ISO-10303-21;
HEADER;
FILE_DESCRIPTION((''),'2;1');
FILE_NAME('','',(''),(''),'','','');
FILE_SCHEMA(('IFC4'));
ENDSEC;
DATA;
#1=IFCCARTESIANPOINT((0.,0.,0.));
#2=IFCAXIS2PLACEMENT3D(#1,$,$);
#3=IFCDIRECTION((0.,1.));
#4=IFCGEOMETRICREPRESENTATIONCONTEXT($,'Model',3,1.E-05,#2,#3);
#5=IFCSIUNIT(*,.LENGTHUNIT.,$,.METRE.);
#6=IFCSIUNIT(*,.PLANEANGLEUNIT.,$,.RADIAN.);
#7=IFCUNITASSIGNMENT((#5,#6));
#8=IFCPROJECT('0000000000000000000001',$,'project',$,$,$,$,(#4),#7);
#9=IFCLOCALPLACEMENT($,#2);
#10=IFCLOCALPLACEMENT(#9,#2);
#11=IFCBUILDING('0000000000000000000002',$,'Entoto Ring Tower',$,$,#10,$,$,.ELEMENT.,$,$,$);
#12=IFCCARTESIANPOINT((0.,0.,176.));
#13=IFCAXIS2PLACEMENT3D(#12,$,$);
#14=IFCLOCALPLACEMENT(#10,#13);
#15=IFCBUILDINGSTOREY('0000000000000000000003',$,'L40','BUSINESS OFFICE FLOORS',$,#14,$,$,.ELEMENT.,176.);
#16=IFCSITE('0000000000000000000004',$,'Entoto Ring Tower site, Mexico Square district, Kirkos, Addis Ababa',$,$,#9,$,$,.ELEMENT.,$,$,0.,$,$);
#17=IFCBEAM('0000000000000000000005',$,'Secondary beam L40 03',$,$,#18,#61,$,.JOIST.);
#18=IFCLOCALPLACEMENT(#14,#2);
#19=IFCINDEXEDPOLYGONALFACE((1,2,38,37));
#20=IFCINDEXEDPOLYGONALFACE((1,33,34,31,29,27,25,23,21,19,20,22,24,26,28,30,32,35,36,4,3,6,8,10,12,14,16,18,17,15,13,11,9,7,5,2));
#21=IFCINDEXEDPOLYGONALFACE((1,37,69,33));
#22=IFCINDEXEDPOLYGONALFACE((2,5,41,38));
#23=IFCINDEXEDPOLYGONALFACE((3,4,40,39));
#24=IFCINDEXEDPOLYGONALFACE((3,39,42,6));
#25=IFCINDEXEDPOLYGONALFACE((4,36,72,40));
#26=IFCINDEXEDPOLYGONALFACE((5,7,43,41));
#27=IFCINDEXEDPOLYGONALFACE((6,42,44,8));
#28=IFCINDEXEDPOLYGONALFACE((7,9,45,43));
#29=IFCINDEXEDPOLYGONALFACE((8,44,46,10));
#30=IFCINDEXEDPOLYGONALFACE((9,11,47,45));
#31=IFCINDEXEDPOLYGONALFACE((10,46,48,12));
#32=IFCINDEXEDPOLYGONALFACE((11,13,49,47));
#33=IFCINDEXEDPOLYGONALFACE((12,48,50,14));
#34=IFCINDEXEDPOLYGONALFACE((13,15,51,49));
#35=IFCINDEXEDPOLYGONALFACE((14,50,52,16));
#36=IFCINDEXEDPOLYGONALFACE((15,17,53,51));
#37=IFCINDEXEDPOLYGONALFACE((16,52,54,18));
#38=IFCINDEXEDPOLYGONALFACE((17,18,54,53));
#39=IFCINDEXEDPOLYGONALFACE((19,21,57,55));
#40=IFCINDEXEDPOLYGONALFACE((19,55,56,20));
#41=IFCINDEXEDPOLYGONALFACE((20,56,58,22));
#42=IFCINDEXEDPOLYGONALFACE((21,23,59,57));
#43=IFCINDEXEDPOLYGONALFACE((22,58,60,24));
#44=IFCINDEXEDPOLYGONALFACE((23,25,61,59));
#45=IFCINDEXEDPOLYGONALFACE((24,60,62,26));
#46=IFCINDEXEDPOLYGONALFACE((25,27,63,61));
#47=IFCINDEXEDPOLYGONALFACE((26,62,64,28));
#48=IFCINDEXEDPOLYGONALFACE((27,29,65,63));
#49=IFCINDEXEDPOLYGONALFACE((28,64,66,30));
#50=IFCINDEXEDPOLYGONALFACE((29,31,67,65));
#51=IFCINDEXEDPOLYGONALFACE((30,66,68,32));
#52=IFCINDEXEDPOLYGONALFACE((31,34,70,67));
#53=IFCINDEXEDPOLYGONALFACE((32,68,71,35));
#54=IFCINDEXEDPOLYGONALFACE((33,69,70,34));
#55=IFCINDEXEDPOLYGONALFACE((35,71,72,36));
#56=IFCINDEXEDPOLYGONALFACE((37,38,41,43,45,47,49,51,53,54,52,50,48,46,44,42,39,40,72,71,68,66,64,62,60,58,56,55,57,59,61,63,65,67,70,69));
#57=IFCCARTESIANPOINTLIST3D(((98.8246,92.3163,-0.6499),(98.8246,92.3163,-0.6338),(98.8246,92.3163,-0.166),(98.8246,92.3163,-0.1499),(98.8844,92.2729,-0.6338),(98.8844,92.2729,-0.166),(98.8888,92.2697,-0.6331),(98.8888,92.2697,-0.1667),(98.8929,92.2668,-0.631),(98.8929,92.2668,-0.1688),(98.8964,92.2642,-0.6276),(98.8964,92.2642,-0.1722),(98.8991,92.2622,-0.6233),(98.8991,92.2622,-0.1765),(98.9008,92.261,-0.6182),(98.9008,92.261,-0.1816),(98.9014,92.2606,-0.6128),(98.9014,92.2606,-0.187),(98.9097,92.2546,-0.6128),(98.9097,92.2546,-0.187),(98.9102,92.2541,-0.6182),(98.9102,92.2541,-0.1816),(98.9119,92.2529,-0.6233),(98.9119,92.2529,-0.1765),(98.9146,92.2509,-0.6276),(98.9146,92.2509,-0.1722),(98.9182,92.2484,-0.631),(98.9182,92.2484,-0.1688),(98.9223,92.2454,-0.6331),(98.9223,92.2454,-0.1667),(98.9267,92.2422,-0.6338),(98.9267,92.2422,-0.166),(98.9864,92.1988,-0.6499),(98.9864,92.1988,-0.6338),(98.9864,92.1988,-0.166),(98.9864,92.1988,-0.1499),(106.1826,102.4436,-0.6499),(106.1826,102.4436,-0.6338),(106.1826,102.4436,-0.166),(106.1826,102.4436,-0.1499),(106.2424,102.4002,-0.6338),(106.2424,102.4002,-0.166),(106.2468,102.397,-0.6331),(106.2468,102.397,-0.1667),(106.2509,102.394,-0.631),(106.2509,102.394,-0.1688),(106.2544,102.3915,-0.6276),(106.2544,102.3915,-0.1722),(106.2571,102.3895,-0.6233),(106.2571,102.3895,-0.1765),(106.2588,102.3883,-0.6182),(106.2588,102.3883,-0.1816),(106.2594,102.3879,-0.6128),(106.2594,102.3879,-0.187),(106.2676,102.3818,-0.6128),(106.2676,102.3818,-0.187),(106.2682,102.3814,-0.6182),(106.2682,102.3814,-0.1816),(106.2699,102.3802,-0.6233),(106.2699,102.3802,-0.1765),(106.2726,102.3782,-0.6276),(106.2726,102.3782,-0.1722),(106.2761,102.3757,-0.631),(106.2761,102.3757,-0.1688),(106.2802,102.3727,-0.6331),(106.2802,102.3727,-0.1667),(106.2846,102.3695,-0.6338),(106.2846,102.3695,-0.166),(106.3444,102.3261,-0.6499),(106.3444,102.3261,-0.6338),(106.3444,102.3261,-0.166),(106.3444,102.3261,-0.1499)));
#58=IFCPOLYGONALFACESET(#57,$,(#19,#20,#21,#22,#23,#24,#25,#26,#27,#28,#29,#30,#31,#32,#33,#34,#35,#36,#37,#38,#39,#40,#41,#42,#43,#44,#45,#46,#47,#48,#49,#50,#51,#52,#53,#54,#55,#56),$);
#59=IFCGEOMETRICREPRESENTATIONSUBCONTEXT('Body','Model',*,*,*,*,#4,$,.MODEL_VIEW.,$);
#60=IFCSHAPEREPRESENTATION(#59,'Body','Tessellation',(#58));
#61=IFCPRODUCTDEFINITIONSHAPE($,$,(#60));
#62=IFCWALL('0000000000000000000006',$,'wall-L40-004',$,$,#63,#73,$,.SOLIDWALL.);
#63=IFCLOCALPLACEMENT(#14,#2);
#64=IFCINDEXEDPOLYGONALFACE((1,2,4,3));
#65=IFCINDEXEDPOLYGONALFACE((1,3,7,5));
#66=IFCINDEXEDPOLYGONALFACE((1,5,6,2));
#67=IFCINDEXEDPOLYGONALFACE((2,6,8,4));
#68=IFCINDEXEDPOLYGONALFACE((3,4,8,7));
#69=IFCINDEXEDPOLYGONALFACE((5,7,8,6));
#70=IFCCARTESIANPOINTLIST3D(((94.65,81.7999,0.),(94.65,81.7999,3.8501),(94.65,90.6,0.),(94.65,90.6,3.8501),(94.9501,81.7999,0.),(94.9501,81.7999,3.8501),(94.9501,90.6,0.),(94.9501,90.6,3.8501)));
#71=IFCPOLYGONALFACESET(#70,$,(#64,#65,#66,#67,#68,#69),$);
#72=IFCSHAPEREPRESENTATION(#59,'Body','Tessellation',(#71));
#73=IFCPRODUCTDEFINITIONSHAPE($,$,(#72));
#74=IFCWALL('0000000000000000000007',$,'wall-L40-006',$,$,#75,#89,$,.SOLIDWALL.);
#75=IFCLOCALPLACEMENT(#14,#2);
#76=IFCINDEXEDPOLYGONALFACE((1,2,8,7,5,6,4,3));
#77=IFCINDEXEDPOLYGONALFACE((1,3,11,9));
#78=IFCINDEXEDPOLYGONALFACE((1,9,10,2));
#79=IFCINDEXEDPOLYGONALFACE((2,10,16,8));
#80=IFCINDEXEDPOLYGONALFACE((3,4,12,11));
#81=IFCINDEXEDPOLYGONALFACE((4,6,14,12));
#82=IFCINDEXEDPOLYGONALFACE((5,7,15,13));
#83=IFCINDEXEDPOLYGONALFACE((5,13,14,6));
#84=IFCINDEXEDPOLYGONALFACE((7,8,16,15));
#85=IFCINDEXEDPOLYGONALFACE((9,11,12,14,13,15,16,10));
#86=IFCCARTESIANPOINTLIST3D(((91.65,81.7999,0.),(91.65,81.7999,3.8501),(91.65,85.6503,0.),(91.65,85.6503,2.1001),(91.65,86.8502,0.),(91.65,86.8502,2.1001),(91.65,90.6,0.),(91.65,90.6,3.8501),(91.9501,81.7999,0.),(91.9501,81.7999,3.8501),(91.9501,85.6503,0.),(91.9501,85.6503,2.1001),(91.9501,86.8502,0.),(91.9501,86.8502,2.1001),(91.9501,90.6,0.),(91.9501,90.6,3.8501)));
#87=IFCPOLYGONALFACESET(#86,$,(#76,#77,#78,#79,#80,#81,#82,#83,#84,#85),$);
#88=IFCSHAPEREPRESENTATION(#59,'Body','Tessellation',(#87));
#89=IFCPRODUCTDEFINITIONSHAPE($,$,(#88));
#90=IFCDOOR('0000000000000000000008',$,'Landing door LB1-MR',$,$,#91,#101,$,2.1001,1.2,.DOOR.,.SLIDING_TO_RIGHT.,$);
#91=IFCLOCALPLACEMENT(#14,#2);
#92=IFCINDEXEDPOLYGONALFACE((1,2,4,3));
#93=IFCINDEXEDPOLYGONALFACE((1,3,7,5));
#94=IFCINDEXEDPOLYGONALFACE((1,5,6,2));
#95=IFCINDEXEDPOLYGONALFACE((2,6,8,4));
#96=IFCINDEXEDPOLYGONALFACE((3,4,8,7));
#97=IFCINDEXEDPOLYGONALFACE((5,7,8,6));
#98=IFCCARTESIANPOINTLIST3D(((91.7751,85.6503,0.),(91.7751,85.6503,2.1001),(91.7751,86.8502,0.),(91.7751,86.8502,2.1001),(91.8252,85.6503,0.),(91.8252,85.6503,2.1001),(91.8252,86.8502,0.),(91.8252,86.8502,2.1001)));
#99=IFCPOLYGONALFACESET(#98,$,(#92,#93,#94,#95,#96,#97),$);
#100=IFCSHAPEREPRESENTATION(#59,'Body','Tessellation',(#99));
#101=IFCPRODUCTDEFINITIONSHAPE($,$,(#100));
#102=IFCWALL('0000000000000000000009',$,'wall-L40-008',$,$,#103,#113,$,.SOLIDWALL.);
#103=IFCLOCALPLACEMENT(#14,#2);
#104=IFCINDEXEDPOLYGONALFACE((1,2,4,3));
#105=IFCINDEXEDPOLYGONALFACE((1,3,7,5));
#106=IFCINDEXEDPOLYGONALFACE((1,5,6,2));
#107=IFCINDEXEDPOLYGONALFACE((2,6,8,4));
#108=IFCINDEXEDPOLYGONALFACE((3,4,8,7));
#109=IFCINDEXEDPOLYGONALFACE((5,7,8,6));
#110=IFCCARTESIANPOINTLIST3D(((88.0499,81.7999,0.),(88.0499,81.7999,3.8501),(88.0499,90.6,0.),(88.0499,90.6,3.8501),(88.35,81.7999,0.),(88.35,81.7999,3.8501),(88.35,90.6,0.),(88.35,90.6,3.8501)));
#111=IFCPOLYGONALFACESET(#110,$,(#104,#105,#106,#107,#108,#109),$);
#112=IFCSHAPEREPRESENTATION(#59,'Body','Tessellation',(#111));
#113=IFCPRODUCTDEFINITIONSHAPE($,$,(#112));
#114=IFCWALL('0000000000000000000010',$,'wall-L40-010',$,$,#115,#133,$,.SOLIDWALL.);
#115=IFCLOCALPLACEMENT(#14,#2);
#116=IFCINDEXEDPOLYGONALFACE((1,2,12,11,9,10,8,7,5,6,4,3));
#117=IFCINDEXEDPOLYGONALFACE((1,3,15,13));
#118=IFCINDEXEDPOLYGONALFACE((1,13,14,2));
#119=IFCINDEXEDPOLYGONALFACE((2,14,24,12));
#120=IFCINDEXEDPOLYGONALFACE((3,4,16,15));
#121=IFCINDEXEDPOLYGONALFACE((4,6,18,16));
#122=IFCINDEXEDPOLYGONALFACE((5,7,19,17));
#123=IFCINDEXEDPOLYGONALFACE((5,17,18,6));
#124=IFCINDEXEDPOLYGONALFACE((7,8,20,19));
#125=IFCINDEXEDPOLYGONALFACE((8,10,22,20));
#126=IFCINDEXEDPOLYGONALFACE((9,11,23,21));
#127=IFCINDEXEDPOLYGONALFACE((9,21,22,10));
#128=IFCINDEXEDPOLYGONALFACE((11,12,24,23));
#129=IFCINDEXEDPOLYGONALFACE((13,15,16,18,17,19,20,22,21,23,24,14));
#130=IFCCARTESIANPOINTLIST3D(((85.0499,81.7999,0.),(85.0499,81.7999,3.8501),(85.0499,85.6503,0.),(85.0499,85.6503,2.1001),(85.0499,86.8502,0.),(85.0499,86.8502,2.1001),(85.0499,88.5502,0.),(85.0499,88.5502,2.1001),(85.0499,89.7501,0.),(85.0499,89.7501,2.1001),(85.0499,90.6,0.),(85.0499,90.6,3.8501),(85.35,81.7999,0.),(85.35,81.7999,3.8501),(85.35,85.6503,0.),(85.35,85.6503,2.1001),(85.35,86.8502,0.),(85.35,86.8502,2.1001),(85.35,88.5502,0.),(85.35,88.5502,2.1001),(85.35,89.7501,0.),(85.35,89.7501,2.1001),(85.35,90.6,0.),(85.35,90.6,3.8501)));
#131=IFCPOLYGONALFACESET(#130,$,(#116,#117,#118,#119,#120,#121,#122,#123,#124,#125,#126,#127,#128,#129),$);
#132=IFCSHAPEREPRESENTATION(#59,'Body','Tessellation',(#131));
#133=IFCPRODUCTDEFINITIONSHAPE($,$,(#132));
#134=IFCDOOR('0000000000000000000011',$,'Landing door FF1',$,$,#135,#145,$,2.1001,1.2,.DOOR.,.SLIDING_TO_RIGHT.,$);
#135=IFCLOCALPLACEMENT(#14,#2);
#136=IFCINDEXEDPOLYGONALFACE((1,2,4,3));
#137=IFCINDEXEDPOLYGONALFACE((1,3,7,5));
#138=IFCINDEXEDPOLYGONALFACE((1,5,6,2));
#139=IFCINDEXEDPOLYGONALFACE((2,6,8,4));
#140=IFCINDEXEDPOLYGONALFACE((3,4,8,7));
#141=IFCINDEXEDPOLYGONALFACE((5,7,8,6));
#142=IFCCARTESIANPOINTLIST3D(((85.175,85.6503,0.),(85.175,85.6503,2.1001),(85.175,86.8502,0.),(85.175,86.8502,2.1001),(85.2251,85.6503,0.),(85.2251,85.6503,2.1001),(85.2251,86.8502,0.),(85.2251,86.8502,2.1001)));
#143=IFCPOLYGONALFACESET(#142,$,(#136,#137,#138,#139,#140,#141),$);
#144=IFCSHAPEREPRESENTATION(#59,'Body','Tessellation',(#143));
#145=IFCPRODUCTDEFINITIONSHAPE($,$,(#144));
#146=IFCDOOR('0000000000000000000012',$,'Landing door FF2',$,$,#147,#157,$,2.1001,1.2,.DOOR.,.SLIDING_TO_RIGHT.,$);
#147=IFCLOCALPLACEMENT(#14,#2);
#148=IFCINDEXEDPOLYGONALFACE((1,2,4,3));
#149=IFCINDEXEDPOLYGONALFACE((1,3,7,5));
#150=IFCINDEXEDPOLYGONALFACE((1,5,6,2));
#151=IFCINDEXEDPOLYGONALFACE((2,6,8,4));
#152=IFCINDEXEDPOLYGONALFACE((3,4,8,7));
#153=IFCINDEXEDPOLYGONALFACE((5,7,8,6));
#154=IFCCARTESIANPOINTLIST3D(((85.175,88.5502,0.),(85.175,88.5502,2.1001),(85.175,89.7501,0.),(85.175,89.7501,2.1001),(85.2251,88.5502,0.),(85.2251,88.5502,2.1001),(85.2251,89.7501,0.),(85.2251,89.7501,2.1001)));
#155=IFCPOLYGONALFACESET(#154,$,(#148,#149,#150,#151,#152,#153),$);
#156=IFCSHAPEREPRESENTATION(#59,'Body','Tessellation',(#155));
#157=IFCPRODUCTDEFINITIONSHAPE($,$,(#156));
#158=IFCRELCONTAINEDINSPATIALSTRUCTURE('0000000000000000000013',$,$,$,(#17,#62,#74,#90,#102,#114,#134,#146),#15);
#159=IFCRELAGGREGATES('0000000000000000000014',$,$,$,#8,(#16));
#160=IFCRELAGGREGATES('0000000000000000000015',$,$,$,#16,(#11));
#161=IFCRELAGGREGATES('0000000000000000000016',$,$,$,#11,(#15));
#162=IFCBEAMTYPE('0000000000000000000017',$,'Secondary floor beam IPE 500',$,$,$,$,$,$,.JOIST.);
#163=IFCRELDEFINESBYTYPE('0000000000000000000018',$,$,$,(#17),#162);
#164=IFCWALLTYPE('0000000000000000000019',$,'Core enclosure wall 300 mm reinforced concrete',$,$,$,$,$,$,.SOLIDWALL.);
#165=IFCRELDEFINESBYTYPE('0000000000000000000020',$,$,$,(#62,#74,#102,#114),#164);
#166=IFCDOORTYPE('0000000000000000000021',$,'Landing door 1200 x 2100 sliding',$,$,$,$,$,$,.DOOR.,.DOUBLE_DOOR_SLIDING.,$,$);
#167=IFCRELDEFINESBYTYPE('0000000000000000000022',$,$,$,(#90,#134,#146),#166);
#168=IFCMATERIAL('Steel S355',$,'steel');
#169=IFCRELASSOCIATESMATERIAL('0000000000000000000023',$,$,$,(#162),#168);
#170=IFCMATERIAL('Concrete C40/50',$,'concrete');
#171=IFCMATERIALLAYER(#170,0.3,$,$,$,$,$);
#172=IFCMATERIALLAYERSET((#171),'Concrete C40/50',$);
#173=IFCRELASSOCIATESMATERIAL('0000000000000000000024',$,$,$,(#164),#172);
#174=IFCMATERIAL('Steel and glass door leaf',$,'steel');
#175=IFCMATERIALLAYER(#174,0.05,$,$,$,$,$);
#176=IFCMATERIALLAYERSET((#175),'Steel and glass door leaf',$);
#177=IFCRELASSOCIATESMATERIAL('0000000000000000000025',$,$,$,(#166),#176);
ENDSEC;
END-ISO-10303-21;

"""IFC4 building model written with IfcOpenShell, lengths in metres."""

from ifc_helpers import new_model, si_unit, direction, frame, frame_2d, origin, origin_2d, place, context, subcontext, project, spatial, rectangle, i_section, extrude, material, layer, layer_set, material_profile, profile_set, type_object, element, fill, save


model = new_model("IFC4")

# Units and contexts
model_context = context("Model", 3, precision=1e-05, world=origin(), true_north=direction((0.0, 1.0)))
body_context = subcontext(model_context, "Body", "Model", "MODEL_VIEW")
ifc_project = project(units=[si_unit("LENGTHUNIT", "METRE"), si_unit("PLANEANGLEUNIT", "RADIAN")], contexts=[model_context])

# Site, building, storey
site_placement = place(None, origin())
site = spatial("IfcSite", under=ifc_project, at=site_placement, Name="Entoto Ring Tower site, Mexico Square district, Kirkos, Addis Ababa", CompositionType="ELEMENT", RefElevation=0.0)
building_placement = place(site_placement, origin())
building = spatial("IfcBuilding", under=site, at=building_placement, Name="Entoto Ring Tower", CompositionType="ELEMENT")
storey_placement = place(building_placement, frame((0.0, 0.0, 176.0)))
storey = spatial("IfcBuildingStorey", under=building, at=storey_placement, Name="L40", Description="BUSINESS OFFICE FLOORS", CompositionType="ELEMENT", Elevation=176.0)

# Beam
ifc_material_1 = material(Name="Steel S355", Category="steel")
ifc_material_profile = material_profile(ifc_material_1, i_section(OverallWidth=0.2, OverallDepth=0.5, WebThickness=0.0103, FlangeThickness=0.0161, FilletRadius=0.021, at=origin_2d()), Name="IPE 500")
ifc_profile_set = profile_set([ifc_material_profile], Name="Steel S355")
beam_type = type_object("IfcBeamType", Name="Secondary floor beam IPE 500", PredefinedType="JOIST", material=ifc_profile_set)
beam_placement = place(storey_placement, frame((98.9055, 92.2576, -0.3999), z_axis=(0.587789, 0.809014, 0.0), x_axis=(-0.809014, 0.587789, 0.0)))
element("IfcBeam", 1, at=beam_placement, inside=storey, type_object=beam_type, Name="Secondary beam L40 03", PredefinedType="JOIST", context=body_context, shape_type="SweptSolid", body=[
    extrude(i_section(OverallWidth=0.2, OverallDepth=0.5, WebThickness=0.0103, FlangeThickness=0.0161, FilletRadius=0.021, at=origin_2d()), origin(), (0.0, 0.0, 1.0), 12.5181),
])

# Wall
ifc_material_2 = material(Name="Concrete C40/50", Category="concrete")
ifc_layer_1 = layer(ifc_material_2, 0.3)
ifc_layer_set_1 = layer_set([ifc_layer_1], Name="Concrete C40/50")
wall_type = type_object("IfcWallType", Name="Core enclosure wall 300 mm reinforced concrete", PredefinedType="SOLIDWALL", material=ifc_layer_set_1)
wall_1_placement = place(storey_placement, frame((94.8, 81.8, 0.0), z_axis=(0.0, 0.0, 1.0), x_axis=(0.0, 1.0, 0.0)))
element("IfcWall", 2, at=wall_1_placement, inside=storey, type_object=wall_type, Name="wall-L40-004", PredefinedType="SOLIDWALL", context=body_context, shape_type="SweptSolid", body=[
    extrude(rectangle(XDim=8.8, YDim=0.3, at=frame_2d((4.3999, 0.0))), origin(), (0.0, 0.0, 1.0), 3.8501),
])

# Wall, opening, door
wall_2_placement = place(storey_placement, frame((91.8, 81.8, 0.0), z_axis=(0.0, 0.0, 1.0), x_axis=(0.0, 1.0, 0.0)))
wall_2 = element("IfcWall", 3, at=wall_2_placement, inside=storey, type_object=wall_type, Name="wall-L40-006", PredefinedType="SOLIDWALL", context=body_context, shape_type="SweptSolid", body=[
    extrude(rectangle(XDim=8.8, YDim=0.3, at=frame_2d((4.3999, 0.0))), origin(), (0.0, 0.0, 1.0), 3.8501),
])
opening_1_placement = place(wall_2_placement, frame((3.8501, 0.0, 0.0)))
opening_1 = element("IfcOpeningElement", 4, at=opening_1_placement, cuts=wall_2, PredefinedType="OPENING", context=body_context, shape_type="SweptSolid", body=[
    extrude(rectangle(XDim=1.2, YDim=2.1001, at=frame_2d((0.6001, 1.05))), frame((0.0, 0.1602, 0.0), z_axis=(0.0, -1.0, 0.0), x_axis=(1.0, 0.0, 0.0)), (0.0, 0.0, 1.0), 0.3201),
])
ifc_material_3 = material(Name="Steel and glass door leaf", Category="steel")
ifc_layer_2 = layer(ifc_material_3, 0.05)
ifc_layer_set_2 = layer_set([ifc_layer_2], Name="Steel and glass door leaf")
door_type_1 = type_object("IfcDoorType", Name="Landing door 1200 x 2100 sliding", OperationType="DOUBLE_DOOR_SLIDING", PredefinedType="DOOR", material=ifc_layer_set_2)
door_1_placement = place(opening_1_placement, origin())
door_1 = element("IfcDoor", 5, at=door_1_placement, inside=storey, type_object=door_type_1, Name="Landing door LB1-MR", OperationType="SLIDING_TO_RIGHT", OverallHeight=2.1001, OverallWidth=1.2, PredefinedType="DOOR", context=body_context, shape_type="SweptSolid", body=[
    extrude(rectangle(XDim=1.2, YDim=2.1001, at=frame_2d((0.6001, 1.05))), frame((0.0, 0.0249, 0.0), z_axis=(0.0, -1.0, 0.0), x_axis=(1.0, 0.0, 0.0)), (0.0, 0.0, 1.0), 0.05),
])
fill(opening_1, door_1)

# Wall
wall_3_placement = place(storey_placement, frame((88.2, 81.8, 0.0), z_axis=(0.0, 0.0, 1.0), x_axis=(0.0, 1.0, 0.0)))
element("IfcWall", 6, at=wall_3_placement, inside=storey, type_object=wall_type, Name="wall-L40-008", PredefinedType="SOLIDWALL", context=body_context, shape_type="SweptSolid", body=[
    extrude(rectangle(XDim=8.8, YDim=0.3, at=frame_2d((4.3999, 0.0))), origin(), (0.0, 0.0, 1.0), 3.8501),
])

# Wall, openings, doors
wall_4_placement = place(storey_placement, frame((85.2, 81.8, 0.0), z_axis=(0.0, 0.0, 1.0), x_axis=(0.0, 1.0, 0.0)))
wall_4 = element("IfcWall", 7, at=wall_4_placement, inside=storey, type_object=wall_type, Name="wall-L40-010", PredefinedType="SOLIDWALL", context=body_context, shape_type="SweptSolid", body=[
    extrude(rectangle(XDim=8.8, YDim=0.3, at=frame_2d((4.3999, 0.0))), origin(), (0.0, 0.0, 1.0), 3.8501),
])
opening_2_placement = place(wall_4_placement, frame((3.8501, 0.0, 0.0)))
opening_2 = element("IfcOpeningElement", 8, at=opening_2_placement, cuts=wall_4, PredefinedType="OPENING", context=body_context, shape_type="SweptSolid", body=[
    extrude(rectangle(XDim=1.2, YDim=2.1001, at=frame_2d((0.6001, 1.05))), frame((0.0, 0.1602, 0.0), z_axis=(0.0, -1.0, 0.0), x_axis=(1.0, 0.0, 0.0)), (0.0, 0.0, 1.0), 0.3201),
])
opening_3_placement = place(wall_4_placement, frame((6.75, 0.0, 0.0)))
opening_3 = element("IfcOpeningElement", 9, at=opening_3_placement, cuts=wall_4, PredefinedType="OPENING", context=body_context, shape_type="SweptSolid", body=[
    extrude(rectangle(XDim=1.2, YDim=2.1001, at=frame_2d((0.6001, 1.05))), frame((0.0, 0.1602, 0.0), z_axis=(0.0, -1.0, 0.0), x_axis=(1.0, 0.0, 0.0)), (0.0, 0.0, 1.0), 0.3201),
])
door_2_placement = place(opening_2_placement, origin())
door_2 = element("IfcDoor", 10, at=door_2_placement, inside=storey, type_object=door_type_1, Name="Landing door FF1", OperationType="SLIDING_TO_RIGHT", OverallHeight=2.1001, OverallWidth=1.2, PredefinedType="DOOR", context=body_context, shape_type="SweptSolid", body=[
    extrude(rectangle(XDim=1.2, YDim=2.1001, at=frame_2d((0.6001, 1.05))), frame((0.0, 0.0249, 0.0), z_axis=(0.0, -1.0, 0.0), x_axis=(1.0, 0.0, 0.0)), (0.0, 0.0, 1.0), 0.05),
])
fill(opening_2, door_2)
door_3_placement = place(opening_3_placement, origin())
door_3 = element("IfcDoor", 11, at=door_3_placement, inside=storey, type_object=door_type_1, Name="Landing door FF2", OperationType="SLIDING_TO_RIGHT", OverallHeight=2.1001, OverallWidth=1.2, PredefinedType="DOOR", context=body_context, shape_type="SweptSolid", body=[
    extrude(rectangle(XDim=1.2, YDim=2.1001, at=frame_2d((0.6001, 1.05))), frame((0.0, 0.0249, 0.0), z_axis=(0.0, -1.0, 0.0), x_axis=(1.0, 0.0, 0.0)), (0.0, 0.0, 1.0), 0.05),
])
fill(opening_3, door_3)

save(model, "model.ifc")
